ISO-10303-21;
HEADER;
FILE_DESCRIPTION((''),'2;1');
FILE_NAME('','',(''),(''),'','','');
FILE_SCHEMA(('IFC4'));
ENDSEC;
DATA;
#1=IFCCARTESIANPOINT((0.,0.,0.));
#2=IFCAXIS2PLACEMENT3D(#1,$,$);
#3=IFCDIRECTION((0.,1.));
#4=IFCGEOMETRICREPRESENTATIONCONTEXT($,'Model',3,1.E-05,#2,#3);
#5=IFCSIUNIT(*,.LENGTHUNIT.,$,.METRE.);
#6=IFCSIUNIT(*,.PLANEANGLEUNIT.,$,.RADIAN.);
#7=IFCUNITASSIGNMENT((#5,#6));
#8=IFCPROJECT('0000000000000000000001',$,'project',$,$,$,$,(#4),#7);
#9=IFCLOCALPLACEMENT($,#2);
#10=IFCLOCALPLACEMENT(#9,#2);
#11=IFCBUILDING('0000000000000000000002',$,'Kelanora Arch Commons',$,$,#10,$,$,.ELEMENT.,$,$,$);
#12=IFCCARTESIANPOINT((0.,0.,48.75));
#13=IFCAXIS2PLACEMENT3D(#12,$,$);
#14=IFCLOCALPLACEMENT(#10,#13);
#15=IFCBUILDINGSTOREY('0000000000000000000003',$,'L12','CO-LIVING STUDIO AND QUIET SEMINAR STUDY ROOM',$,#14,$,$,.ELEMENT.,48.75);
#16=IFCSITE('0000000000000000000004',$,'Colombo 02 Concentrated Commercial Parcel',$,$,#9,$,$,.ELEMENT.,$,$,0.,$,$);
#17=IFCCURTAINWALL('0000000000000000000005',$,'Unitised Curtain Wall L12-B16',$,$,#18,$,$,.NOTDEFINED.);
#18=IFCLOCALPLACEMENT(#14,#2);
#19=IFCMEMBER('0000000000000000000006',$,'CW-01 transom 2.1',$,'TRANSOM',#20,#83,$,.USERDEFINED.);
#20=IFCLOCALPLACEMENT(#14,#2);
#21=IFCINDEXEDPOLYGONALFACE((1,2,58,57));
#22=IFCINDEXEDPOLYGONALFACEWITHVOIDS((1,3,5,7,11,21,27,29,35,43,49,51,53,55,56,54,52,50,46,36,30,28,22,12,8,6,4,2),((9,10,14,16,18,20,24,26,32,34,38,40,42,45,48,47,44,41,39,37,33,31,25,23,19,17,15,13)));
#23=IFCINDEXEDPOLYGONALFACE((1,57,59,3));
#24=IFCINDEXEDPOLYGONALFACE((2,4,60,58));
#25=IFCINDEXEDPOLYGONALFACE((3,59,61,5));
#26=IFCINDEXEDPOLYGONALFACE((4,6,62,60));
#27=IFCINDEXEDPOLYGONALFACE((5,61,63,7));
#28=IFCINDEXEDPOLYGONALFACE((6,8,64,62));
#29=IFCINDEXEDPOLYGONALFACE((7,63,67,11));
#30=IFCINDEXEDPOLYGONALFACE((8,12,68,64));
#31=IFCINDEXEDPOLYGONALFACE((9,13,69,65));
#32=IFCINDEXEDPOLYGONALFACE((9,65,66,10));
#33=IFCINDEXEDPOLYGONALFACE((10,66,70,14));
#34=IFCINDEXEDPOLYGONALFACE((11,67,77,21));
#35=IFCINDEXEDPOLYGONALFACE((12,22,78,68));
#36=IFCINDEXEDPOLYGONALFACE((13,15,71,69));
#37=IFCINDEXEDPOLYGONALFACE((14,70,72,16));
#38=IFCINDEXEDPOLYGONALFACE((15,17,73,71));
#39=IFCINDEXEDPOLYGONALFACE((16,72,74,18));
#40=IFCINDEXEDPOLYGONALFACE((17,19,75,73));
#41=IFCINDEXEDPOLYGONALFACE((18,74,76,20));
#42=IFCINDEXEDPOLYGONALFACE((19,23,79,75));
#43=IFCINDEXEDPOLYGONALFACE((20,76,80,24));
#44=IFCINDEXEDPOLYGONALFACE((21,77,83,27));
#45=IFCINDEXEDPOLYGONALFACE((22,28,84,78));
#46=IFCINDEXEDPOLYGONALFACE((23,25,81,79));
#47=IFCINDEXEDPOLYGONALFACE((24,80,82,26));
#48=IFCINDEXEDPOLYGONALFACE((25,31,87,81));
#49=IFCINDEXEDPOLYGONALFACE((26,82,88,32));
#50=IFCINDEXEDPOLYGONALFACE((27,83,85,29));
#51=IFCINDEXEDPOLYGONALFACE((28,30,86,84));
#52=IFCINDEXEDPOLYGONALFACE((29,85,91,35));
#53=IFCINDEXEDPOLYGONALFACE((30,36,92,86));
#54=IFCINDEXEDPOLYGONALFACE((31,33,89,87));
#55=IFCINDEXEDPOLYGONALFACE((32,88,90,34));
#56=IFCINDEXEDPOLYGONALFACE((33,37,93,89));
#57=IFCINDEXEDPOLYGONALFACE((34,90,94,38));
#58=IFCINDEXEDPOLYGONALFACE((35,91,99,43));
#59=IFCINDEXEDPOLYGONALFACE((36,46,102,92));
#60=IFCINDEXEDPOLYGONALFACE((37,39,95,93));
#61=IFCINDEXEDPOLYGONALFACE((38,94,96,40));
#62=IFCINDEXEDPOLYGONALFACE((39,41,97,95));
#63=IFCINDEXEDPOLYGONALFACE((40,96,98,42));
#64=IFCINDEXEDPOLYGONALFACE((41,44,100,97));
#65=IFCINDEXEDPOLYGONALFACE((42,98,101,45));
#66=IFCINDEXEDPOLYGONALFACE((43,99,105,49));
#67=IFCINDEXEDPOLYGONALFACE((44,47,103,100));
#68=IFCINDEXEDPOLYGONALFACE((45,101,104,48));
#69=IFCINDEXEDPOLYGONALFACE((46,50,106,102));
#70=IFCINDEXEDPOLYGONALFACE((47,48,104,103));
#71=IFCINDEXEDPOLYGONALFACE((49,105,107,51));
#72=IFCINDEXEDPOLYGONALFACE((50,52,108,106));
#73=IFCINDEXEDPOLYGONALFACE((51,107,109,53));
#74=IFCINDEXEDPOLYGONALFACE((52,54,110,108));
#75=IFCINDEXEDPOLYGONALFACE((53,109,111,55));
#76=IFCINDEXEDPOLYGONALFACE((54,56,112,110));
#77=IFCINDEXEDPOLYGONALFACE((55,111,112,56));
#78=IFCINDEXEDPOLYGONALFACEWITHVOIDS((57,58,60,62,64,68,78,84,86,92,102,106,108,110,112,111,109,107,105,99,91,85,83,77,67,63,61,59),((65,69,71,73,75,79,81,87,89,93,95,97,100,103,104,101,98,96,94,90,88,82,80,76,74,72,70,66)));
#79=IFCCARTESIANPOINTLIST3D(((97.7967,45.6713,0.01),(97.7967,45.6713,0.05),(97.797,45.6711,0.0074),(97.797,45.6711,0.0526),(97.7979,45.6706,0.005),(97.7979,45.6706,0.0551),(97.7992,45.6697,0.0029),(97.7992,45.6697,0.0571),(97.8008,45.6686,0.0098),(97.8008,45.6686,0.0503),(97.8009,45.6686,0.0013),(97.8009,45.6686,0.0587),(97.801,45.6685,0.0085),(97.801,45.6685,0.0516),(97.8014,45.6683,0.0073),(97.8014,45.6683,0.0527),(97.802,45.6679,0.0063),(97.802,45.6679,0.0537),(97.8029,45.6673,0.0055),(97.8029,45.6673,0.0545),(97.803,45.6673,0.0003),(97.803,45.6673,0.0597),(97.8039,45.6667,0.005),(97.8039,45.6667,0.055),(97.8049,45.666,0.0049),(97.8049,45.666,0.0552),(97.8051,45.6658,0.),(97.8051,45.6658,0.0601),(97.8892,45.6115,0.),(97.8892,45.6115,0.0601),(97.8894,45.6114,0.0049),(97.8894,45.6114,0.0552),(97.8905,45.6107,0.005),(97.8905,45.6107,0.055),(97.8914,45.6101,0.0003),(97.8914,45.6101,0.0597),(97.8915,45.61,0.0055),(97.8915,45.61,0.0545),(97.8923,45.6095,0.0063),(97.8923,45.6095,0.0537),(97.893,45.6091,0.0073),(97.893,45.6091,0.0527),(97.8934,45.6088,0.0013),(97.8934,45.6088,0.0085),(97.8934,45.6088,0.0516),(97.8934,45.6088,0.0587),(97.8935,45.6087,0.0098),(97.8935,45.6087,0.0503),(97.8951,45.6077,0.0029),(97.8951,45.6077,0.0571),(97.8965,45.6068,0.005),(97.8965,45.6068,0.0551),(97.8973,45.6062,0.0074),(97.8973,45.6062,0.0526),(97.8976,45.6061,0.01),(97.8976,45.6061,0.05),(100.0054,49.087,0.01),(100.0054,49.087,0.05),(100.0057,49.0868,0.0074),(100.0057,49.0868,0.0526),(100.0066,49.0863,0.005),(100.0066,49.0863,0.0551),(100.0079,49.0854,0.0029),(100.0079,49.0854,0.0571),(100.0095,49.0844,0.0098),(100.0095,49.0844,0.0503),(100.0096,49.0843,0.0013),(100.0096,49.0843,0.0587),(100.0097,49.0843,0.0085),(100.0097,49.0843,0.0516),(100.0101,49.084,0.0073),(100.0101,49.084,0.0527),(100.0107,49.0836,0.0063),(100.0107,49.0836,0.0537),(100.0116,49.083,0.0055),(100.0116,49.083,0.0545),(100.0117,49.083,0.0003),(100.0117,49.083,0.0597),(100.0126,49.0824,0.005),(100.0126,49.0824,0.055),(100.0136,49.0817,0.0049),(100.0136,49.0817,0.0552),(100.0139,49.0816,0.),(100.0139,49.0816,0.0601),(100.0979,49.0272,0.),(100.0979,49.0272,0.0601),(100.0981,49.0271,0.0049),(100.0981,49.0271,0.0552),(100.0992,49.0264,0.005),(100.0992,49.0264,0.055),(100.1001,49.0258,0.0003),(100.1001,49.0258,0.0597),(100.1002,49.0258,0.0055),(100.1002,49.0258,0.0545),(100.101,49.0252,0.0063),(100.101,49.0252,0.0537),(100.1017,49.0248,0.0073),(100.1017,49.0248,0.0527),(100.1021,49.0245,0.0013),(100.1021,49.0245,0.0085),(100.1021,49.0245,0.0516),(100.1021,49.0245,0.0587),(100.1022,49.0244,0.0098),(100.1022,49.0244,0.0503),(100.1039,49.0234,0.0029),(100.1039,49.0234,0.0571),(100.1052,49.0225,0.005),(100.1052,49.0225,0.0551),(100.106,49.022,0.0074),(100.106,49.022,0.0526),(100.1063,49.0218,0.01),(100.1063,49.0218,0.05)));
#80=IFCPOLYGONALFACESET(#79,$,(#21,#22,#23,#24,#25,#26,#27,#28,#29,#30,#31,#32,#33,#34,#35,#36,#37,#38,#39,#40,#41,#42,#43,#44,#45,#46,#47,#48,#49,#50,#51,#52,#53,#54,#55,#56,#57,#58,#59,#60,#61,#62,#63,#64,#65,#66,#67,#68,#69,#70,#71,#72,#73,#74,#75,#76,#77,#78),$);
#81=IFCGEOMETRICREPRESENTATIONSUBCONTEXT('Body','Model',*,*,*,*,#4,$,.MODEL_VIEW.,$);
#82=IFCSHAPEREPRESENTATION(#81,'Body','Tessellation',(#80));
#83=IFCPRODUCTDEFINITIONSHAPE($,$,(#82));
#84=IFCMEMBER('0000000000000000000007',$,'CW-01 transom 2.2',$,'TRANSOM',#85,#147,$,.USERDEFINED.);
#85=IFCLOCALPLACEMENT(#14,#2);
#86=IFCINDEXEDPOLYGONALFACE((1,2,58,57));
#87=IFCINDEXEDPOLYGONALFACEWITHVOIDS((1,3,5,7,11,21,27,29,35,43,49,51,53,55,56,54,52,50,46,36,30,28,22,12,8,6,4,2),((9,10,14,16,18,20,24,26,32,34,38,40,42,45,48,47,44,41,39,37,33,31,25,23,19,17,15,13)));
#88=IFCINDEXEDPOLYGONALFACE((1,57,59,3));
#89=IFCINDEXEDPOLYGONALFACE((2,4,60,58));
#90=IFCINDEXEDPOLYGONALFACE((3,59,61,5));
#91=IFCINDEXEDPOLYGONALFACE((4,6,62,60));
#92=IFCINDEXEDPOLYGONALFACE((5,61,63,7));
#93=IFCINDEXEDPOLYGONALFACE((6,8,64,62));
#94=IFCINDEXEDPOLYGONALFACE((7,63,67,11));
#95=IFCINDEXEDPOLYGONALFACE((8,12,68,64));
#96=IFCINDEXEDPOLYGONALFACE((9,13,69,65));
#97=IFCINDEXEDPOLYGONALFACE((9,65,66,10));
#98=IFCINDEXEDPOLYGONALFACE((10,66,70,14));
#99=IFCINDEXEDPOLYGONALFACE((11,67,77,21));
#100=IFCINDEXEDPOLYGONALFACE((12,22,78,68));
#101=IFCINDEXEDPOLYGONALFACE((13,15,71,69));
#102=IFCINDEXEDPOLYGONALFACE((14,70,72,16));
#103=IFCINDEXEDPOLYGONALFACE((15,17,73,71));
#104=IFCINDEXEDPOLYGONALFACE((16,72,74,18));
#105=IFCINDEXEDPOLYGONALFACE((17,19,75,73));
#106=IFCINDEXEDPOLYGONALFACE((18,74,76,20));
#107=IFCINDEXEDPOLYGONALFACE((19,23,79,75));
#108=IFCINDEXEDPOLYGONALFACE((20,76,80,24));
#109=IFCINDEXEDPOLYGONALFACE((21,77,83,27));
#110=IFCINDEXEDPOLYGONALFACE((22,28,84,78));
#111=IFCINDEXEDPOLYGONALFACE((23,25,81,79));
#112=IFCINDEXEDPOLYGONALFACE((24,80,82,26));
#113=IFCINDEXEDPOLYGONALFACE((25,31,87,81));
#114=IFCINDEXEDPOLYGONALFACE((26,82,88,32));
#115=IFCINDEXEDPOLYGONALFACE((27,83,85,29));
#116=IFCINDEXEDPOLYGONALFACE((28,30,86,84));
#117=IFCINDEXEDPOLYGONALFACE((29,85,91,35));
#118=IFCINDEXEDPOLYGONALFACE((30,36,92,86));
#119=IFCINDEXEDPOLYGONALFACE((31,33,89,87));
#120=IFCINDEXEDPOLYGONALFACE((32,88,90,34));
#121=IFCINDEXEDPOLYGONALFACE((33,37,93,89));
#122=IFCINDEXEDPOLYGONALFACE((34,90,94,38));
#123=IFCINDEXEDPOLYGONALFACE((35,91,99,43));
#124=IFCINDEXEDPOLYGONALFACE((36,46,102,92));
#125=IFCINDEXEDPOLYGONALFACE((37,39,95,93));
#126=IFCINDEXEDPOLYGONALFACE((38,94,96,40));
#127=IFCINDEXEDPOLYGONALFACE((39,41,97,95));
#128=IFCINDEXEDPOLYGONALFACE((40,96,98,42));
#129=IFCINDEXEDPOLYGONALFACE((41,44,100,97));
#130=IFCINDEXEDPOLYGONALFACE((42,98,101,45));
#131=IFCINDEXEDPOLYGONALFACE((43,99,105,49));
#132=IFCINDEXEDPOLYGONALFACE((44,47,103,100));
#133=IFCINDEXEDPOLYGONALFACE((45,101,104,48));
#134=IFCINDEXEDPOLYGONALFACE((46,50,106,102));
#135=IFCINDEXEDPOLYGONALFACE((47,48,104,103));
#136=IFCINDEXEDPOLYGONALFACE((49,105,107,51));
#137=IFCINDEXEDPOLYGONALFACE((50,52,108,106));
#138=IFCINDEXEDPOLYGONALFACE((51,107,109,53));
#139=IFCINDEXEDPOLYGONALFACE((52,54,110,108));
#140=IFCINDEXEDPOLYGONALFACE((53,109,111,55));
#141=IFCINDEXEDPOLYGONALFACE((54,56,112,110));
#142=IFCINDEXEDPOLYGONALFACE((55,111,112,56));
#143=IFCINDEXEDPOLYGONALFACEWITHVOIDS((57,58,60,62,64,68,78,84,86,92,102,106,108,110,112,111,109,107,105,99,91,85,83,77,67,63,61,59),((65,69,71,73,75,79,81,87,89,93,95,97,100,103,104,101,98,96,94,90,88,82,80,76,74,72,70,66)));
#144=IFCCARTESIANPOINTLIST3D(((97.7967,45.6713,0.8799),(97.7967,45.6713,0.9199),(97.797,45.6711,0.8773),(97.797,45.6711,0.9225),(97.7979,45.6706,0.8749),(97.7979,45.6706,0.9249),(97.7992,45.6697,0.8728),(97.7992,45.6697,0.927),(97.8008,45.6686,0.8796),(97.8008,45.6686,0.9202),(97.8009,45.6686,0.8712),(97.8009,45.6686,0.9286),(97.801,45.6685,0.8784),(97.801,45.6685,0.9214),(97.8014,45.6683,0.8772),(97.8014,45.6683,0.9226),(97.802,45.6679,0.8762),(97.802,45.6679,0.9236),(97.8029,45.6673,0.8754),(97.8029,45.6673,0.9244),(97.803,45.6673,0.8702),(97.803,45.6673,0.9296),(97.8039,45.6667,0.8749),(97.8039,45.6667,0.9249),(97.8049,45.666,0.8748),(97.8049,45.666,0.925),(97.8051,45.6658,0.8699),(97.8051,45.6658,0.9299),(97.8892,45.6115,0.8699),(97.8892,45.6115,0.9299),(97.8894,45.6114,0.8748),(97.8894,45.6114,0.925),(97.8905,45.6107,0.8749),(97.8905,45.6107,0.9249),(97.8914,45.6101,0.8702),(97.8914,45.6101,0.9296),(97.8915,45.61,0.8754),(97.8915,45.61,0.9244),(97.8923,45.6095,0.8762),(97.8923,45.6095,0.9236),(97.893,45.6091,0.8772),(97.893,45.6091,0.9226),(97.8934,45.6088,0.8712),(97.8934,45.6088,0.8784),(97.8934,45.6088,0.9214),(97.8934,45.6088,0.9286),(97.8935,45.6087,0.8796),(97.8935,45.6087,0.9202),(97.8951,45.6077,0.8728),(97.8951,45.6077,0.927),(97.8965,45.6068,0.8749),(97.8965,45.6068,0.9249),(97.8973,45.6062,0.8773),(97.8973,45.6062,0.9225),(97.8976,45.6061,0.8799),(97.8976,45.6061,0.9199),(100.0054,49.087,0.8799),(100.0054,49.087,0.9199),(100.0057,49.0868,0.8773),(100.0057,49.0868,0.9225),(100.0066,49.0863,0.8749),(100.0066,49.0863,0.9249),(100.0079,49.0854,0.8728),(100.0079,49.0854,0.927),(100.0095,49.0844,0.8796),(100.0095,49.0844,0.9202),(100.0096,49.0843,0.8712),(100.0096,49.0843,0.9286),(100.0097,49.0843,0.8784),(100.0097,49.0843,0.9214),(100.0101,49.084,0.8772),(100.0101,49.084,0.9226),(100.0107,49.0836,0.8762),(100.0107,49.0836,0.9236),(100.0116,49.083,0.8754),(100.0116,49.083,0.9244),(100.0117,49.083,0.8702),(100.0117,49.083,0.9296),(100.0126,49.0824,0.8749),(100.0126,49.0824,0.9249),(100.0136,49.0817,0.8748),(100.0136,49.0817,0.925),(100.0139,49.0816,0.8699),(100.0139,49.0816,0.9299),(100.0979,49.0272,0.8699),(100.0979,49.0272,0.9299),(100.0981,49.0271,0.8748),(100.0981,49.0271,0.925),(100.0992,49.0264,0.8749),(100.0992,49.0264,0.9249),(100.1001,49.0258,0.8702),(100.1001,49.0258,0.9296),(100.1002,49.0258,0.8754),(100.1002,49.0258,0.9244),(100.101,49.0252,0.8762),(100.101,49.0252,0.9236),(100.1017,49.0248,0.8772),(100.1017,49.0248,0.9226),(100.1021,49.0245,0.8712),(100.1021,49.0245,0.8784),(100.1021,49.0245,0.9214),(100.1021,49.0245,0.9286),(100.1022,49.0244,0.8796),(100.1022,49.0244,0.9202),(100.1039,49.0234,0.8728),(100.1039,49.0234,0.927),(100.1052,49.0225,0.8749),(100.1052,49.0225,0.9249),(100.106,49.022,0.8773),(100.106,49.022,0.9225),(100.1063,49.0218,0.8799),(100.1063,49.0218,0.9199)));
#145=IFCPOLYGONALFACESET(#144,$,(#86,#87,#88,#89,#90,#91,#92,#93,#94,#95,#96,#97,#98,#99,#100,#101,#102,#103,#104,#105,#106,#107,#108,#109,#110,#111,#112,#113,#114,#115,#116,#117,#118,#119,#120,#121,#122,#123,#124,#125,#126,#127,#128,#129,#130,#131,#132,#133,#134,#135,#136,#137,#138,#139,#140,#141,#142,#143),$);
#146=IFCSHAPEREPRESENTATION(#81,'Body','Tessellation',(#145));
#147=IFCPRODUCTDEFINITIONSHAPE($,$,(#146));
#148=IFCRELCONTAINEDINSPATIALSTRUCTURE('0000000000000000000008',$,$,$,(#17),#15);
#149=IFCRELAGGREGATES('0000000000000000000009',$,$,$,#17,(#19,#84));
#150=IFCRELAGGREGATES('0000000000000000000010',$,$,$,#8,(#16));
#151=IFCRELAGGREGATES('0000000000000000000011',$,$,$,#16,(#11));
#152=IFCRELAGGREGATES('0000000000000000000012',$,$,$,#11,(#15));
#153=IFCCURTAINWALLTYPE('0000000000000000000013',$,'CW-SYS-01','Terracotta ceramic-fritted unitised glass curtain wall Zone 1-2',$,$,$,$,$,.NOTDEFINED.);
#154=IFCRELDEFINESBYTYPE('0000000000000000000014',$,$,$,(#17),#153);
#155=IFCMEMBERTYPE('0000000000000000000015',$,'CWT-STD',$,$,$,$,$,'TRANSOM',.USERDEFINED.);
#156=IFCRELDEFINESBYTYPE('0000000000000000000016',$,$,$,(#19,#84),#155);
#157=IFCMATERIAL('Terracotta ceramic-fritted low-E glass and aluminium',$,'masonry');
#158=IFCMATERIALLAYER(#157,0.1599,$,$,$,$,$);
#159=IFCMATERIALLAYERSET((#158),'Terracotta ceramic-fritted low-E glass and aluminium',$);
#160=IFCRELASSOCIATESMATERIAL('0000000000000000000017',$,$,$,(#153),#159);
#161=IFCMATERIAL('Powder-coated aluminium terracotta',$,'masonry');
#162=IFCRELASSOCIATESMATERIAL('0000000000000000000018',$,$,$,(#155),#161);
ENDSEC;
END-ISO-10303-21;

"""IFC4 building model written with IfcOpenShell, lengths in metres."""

from ifc_helpers import new_model, si_unit, direction, frame, origin, origin_2d, place, context, subcontext, project, spatial, hollow_rectangle, extrude, material, layer, layer_set, material_profile, profile_set, type_object, element, aggregate, save


model = new_model("IFC4")

# Units and contexts
model_context = context("Model", 3, precision=1e-05, world=origin(), true_north=direction((0.0, 1.0)))
body_context = subcontext(model_context, "Body", "Model", "MODEL_VIEW")
ifc_project = project(units=[si_unit("LENGTHUNIT", "METRE"), si_unit("PLANEANGLEUNIT", "RADIAN")], contexts=[model_context])

# Site, building, storey
site_placement = place(None, origin())
site = spatial("IfcSite", under=ifc_project, at=site_placement, Name="Colombo 02 Concentrated Commercial Parcel", CompositionType="ELEMENT", RefElevation=0.0)
building_placement = place(site_placement, origin())
building = spatial("IfcBuilding", under=site, at=building_placement, Name="Kelanora Arch Commons", CompositionType="ELEMENT")
storey_placement = place(building_placement, frame((0.0, 0.0, 48.75)))
storey = spatial("IfcBuildingStorey", under=building, at=storey_placement, Name="L12", Description="CO-LIVING STUDIO AND QUIET SEMINAR STUDY ROOM", CompositionType="ELEMENT", Elevation=48.75)

# Shared definitions
ifc_material_1 = material(Name="Terracotta ceramic-fritted low-E glass and aluminium", Category="masonry")
ifc_layer_1 = layer(ifc_material_1, 0.1599)
ifc_layer_set_1 = layer_set([ifc_layer_1], Name="Terracotta ceramic-fritted low-E glass and aluminium")
curtain_wall_type = type_object("IfcCurtainWallType", Name="CW-SYS-01", Description="Terracotta ceramic-fritted unitised glass curtain wall Zone 1-2", PredefinedType="NOTDEFINED", material=ifc_layer_set_1)
ifc_material_2 = material(Name="Powder-coated aluminium terracotta", Category="masonry")

# Curtain wall, members
curtain_wall_1_placement = place(storey_placement, origin())
curtain_wall_1 = element("IfcCurtainWall", 1, at=curtain_wall_1_placement, inside=storey, type_object=curtain_wall_type, Name="Unitised Curtain Wall L12-B16", PredefinedType="NOTDEFINED")
ifc_material_profile_1 = material_profile(ifc_material_2, hollow_rectangle(XDim=0.1201, YDim=0.0601, WallThickness=0.0049, InnerFilletRadius=0.0049, OuterFilletRadius=0.01, at=origin_2d()), Name="CWT120x60")
ifc_profile_set_1 = profile_set([ifc_material_profile_1], Name="Powder-coated aluminium terracotta")
member_type_1 = type_object("IfcMemberType", Name="CWT-STD", ElementType="TRANSOM", PredefinedType="USERDEFINED", material=ifc_profile_set_1)
member_1_placement = place(storey_placement, frame((97.8472, 45.6387, 0.03), z_axis=(0.542997, 0.839734, 0.0), x_axis=(-0.839734, 0.542997, 0.0)))
member_1 = element("IfcMember", 2, at=member_1_placement, type_object=member_type_1, Name="CW-01 transom 2.1", ObjectType="TRANSOM", PredefinedType="USERDEFINED", context=body_context, shape_type="SweptSolid", body=[
    extrude(hollow_rectangle(XDim=0.1201, YDim=0.0601, WallThickness=0.0049, InnerFilletRadius=0.0049, OuterFilletRadius=0.01, at=origin_2d()), origin(), (0.0, 0.0, 1.0), 4.0676),
])
member_2_placement = place(storey_placement, frame((97.8472, 45.6387, 0.8999), z_axis=(0.542997, 0.839734, 0.0), x_axis=(-0.839734, 0.542997, 0.0)))
member_2 = element("IfcMember", 3, at=member_2_placement, type_object=member_type_1, Name="CW-01 transom 2.2", ObjectType="TRANSOM", PredefinedType="USERDEFINED", context=body_context, shape_type="SweptSolid", body=[
    extrude(hollow_rectangle(XDim=0.1201, YDim=0.0601, WallThickness=0.0049, InnerFilletRadius=0.0049, OuterFilletRadius=0.01, at=origin_2d()), origin(), (0.0, 0.0, 1.0), 4.0676),
])

aggregate(curtain_wall_1, [member_1, member_2])

save(model, "model.ifc")
